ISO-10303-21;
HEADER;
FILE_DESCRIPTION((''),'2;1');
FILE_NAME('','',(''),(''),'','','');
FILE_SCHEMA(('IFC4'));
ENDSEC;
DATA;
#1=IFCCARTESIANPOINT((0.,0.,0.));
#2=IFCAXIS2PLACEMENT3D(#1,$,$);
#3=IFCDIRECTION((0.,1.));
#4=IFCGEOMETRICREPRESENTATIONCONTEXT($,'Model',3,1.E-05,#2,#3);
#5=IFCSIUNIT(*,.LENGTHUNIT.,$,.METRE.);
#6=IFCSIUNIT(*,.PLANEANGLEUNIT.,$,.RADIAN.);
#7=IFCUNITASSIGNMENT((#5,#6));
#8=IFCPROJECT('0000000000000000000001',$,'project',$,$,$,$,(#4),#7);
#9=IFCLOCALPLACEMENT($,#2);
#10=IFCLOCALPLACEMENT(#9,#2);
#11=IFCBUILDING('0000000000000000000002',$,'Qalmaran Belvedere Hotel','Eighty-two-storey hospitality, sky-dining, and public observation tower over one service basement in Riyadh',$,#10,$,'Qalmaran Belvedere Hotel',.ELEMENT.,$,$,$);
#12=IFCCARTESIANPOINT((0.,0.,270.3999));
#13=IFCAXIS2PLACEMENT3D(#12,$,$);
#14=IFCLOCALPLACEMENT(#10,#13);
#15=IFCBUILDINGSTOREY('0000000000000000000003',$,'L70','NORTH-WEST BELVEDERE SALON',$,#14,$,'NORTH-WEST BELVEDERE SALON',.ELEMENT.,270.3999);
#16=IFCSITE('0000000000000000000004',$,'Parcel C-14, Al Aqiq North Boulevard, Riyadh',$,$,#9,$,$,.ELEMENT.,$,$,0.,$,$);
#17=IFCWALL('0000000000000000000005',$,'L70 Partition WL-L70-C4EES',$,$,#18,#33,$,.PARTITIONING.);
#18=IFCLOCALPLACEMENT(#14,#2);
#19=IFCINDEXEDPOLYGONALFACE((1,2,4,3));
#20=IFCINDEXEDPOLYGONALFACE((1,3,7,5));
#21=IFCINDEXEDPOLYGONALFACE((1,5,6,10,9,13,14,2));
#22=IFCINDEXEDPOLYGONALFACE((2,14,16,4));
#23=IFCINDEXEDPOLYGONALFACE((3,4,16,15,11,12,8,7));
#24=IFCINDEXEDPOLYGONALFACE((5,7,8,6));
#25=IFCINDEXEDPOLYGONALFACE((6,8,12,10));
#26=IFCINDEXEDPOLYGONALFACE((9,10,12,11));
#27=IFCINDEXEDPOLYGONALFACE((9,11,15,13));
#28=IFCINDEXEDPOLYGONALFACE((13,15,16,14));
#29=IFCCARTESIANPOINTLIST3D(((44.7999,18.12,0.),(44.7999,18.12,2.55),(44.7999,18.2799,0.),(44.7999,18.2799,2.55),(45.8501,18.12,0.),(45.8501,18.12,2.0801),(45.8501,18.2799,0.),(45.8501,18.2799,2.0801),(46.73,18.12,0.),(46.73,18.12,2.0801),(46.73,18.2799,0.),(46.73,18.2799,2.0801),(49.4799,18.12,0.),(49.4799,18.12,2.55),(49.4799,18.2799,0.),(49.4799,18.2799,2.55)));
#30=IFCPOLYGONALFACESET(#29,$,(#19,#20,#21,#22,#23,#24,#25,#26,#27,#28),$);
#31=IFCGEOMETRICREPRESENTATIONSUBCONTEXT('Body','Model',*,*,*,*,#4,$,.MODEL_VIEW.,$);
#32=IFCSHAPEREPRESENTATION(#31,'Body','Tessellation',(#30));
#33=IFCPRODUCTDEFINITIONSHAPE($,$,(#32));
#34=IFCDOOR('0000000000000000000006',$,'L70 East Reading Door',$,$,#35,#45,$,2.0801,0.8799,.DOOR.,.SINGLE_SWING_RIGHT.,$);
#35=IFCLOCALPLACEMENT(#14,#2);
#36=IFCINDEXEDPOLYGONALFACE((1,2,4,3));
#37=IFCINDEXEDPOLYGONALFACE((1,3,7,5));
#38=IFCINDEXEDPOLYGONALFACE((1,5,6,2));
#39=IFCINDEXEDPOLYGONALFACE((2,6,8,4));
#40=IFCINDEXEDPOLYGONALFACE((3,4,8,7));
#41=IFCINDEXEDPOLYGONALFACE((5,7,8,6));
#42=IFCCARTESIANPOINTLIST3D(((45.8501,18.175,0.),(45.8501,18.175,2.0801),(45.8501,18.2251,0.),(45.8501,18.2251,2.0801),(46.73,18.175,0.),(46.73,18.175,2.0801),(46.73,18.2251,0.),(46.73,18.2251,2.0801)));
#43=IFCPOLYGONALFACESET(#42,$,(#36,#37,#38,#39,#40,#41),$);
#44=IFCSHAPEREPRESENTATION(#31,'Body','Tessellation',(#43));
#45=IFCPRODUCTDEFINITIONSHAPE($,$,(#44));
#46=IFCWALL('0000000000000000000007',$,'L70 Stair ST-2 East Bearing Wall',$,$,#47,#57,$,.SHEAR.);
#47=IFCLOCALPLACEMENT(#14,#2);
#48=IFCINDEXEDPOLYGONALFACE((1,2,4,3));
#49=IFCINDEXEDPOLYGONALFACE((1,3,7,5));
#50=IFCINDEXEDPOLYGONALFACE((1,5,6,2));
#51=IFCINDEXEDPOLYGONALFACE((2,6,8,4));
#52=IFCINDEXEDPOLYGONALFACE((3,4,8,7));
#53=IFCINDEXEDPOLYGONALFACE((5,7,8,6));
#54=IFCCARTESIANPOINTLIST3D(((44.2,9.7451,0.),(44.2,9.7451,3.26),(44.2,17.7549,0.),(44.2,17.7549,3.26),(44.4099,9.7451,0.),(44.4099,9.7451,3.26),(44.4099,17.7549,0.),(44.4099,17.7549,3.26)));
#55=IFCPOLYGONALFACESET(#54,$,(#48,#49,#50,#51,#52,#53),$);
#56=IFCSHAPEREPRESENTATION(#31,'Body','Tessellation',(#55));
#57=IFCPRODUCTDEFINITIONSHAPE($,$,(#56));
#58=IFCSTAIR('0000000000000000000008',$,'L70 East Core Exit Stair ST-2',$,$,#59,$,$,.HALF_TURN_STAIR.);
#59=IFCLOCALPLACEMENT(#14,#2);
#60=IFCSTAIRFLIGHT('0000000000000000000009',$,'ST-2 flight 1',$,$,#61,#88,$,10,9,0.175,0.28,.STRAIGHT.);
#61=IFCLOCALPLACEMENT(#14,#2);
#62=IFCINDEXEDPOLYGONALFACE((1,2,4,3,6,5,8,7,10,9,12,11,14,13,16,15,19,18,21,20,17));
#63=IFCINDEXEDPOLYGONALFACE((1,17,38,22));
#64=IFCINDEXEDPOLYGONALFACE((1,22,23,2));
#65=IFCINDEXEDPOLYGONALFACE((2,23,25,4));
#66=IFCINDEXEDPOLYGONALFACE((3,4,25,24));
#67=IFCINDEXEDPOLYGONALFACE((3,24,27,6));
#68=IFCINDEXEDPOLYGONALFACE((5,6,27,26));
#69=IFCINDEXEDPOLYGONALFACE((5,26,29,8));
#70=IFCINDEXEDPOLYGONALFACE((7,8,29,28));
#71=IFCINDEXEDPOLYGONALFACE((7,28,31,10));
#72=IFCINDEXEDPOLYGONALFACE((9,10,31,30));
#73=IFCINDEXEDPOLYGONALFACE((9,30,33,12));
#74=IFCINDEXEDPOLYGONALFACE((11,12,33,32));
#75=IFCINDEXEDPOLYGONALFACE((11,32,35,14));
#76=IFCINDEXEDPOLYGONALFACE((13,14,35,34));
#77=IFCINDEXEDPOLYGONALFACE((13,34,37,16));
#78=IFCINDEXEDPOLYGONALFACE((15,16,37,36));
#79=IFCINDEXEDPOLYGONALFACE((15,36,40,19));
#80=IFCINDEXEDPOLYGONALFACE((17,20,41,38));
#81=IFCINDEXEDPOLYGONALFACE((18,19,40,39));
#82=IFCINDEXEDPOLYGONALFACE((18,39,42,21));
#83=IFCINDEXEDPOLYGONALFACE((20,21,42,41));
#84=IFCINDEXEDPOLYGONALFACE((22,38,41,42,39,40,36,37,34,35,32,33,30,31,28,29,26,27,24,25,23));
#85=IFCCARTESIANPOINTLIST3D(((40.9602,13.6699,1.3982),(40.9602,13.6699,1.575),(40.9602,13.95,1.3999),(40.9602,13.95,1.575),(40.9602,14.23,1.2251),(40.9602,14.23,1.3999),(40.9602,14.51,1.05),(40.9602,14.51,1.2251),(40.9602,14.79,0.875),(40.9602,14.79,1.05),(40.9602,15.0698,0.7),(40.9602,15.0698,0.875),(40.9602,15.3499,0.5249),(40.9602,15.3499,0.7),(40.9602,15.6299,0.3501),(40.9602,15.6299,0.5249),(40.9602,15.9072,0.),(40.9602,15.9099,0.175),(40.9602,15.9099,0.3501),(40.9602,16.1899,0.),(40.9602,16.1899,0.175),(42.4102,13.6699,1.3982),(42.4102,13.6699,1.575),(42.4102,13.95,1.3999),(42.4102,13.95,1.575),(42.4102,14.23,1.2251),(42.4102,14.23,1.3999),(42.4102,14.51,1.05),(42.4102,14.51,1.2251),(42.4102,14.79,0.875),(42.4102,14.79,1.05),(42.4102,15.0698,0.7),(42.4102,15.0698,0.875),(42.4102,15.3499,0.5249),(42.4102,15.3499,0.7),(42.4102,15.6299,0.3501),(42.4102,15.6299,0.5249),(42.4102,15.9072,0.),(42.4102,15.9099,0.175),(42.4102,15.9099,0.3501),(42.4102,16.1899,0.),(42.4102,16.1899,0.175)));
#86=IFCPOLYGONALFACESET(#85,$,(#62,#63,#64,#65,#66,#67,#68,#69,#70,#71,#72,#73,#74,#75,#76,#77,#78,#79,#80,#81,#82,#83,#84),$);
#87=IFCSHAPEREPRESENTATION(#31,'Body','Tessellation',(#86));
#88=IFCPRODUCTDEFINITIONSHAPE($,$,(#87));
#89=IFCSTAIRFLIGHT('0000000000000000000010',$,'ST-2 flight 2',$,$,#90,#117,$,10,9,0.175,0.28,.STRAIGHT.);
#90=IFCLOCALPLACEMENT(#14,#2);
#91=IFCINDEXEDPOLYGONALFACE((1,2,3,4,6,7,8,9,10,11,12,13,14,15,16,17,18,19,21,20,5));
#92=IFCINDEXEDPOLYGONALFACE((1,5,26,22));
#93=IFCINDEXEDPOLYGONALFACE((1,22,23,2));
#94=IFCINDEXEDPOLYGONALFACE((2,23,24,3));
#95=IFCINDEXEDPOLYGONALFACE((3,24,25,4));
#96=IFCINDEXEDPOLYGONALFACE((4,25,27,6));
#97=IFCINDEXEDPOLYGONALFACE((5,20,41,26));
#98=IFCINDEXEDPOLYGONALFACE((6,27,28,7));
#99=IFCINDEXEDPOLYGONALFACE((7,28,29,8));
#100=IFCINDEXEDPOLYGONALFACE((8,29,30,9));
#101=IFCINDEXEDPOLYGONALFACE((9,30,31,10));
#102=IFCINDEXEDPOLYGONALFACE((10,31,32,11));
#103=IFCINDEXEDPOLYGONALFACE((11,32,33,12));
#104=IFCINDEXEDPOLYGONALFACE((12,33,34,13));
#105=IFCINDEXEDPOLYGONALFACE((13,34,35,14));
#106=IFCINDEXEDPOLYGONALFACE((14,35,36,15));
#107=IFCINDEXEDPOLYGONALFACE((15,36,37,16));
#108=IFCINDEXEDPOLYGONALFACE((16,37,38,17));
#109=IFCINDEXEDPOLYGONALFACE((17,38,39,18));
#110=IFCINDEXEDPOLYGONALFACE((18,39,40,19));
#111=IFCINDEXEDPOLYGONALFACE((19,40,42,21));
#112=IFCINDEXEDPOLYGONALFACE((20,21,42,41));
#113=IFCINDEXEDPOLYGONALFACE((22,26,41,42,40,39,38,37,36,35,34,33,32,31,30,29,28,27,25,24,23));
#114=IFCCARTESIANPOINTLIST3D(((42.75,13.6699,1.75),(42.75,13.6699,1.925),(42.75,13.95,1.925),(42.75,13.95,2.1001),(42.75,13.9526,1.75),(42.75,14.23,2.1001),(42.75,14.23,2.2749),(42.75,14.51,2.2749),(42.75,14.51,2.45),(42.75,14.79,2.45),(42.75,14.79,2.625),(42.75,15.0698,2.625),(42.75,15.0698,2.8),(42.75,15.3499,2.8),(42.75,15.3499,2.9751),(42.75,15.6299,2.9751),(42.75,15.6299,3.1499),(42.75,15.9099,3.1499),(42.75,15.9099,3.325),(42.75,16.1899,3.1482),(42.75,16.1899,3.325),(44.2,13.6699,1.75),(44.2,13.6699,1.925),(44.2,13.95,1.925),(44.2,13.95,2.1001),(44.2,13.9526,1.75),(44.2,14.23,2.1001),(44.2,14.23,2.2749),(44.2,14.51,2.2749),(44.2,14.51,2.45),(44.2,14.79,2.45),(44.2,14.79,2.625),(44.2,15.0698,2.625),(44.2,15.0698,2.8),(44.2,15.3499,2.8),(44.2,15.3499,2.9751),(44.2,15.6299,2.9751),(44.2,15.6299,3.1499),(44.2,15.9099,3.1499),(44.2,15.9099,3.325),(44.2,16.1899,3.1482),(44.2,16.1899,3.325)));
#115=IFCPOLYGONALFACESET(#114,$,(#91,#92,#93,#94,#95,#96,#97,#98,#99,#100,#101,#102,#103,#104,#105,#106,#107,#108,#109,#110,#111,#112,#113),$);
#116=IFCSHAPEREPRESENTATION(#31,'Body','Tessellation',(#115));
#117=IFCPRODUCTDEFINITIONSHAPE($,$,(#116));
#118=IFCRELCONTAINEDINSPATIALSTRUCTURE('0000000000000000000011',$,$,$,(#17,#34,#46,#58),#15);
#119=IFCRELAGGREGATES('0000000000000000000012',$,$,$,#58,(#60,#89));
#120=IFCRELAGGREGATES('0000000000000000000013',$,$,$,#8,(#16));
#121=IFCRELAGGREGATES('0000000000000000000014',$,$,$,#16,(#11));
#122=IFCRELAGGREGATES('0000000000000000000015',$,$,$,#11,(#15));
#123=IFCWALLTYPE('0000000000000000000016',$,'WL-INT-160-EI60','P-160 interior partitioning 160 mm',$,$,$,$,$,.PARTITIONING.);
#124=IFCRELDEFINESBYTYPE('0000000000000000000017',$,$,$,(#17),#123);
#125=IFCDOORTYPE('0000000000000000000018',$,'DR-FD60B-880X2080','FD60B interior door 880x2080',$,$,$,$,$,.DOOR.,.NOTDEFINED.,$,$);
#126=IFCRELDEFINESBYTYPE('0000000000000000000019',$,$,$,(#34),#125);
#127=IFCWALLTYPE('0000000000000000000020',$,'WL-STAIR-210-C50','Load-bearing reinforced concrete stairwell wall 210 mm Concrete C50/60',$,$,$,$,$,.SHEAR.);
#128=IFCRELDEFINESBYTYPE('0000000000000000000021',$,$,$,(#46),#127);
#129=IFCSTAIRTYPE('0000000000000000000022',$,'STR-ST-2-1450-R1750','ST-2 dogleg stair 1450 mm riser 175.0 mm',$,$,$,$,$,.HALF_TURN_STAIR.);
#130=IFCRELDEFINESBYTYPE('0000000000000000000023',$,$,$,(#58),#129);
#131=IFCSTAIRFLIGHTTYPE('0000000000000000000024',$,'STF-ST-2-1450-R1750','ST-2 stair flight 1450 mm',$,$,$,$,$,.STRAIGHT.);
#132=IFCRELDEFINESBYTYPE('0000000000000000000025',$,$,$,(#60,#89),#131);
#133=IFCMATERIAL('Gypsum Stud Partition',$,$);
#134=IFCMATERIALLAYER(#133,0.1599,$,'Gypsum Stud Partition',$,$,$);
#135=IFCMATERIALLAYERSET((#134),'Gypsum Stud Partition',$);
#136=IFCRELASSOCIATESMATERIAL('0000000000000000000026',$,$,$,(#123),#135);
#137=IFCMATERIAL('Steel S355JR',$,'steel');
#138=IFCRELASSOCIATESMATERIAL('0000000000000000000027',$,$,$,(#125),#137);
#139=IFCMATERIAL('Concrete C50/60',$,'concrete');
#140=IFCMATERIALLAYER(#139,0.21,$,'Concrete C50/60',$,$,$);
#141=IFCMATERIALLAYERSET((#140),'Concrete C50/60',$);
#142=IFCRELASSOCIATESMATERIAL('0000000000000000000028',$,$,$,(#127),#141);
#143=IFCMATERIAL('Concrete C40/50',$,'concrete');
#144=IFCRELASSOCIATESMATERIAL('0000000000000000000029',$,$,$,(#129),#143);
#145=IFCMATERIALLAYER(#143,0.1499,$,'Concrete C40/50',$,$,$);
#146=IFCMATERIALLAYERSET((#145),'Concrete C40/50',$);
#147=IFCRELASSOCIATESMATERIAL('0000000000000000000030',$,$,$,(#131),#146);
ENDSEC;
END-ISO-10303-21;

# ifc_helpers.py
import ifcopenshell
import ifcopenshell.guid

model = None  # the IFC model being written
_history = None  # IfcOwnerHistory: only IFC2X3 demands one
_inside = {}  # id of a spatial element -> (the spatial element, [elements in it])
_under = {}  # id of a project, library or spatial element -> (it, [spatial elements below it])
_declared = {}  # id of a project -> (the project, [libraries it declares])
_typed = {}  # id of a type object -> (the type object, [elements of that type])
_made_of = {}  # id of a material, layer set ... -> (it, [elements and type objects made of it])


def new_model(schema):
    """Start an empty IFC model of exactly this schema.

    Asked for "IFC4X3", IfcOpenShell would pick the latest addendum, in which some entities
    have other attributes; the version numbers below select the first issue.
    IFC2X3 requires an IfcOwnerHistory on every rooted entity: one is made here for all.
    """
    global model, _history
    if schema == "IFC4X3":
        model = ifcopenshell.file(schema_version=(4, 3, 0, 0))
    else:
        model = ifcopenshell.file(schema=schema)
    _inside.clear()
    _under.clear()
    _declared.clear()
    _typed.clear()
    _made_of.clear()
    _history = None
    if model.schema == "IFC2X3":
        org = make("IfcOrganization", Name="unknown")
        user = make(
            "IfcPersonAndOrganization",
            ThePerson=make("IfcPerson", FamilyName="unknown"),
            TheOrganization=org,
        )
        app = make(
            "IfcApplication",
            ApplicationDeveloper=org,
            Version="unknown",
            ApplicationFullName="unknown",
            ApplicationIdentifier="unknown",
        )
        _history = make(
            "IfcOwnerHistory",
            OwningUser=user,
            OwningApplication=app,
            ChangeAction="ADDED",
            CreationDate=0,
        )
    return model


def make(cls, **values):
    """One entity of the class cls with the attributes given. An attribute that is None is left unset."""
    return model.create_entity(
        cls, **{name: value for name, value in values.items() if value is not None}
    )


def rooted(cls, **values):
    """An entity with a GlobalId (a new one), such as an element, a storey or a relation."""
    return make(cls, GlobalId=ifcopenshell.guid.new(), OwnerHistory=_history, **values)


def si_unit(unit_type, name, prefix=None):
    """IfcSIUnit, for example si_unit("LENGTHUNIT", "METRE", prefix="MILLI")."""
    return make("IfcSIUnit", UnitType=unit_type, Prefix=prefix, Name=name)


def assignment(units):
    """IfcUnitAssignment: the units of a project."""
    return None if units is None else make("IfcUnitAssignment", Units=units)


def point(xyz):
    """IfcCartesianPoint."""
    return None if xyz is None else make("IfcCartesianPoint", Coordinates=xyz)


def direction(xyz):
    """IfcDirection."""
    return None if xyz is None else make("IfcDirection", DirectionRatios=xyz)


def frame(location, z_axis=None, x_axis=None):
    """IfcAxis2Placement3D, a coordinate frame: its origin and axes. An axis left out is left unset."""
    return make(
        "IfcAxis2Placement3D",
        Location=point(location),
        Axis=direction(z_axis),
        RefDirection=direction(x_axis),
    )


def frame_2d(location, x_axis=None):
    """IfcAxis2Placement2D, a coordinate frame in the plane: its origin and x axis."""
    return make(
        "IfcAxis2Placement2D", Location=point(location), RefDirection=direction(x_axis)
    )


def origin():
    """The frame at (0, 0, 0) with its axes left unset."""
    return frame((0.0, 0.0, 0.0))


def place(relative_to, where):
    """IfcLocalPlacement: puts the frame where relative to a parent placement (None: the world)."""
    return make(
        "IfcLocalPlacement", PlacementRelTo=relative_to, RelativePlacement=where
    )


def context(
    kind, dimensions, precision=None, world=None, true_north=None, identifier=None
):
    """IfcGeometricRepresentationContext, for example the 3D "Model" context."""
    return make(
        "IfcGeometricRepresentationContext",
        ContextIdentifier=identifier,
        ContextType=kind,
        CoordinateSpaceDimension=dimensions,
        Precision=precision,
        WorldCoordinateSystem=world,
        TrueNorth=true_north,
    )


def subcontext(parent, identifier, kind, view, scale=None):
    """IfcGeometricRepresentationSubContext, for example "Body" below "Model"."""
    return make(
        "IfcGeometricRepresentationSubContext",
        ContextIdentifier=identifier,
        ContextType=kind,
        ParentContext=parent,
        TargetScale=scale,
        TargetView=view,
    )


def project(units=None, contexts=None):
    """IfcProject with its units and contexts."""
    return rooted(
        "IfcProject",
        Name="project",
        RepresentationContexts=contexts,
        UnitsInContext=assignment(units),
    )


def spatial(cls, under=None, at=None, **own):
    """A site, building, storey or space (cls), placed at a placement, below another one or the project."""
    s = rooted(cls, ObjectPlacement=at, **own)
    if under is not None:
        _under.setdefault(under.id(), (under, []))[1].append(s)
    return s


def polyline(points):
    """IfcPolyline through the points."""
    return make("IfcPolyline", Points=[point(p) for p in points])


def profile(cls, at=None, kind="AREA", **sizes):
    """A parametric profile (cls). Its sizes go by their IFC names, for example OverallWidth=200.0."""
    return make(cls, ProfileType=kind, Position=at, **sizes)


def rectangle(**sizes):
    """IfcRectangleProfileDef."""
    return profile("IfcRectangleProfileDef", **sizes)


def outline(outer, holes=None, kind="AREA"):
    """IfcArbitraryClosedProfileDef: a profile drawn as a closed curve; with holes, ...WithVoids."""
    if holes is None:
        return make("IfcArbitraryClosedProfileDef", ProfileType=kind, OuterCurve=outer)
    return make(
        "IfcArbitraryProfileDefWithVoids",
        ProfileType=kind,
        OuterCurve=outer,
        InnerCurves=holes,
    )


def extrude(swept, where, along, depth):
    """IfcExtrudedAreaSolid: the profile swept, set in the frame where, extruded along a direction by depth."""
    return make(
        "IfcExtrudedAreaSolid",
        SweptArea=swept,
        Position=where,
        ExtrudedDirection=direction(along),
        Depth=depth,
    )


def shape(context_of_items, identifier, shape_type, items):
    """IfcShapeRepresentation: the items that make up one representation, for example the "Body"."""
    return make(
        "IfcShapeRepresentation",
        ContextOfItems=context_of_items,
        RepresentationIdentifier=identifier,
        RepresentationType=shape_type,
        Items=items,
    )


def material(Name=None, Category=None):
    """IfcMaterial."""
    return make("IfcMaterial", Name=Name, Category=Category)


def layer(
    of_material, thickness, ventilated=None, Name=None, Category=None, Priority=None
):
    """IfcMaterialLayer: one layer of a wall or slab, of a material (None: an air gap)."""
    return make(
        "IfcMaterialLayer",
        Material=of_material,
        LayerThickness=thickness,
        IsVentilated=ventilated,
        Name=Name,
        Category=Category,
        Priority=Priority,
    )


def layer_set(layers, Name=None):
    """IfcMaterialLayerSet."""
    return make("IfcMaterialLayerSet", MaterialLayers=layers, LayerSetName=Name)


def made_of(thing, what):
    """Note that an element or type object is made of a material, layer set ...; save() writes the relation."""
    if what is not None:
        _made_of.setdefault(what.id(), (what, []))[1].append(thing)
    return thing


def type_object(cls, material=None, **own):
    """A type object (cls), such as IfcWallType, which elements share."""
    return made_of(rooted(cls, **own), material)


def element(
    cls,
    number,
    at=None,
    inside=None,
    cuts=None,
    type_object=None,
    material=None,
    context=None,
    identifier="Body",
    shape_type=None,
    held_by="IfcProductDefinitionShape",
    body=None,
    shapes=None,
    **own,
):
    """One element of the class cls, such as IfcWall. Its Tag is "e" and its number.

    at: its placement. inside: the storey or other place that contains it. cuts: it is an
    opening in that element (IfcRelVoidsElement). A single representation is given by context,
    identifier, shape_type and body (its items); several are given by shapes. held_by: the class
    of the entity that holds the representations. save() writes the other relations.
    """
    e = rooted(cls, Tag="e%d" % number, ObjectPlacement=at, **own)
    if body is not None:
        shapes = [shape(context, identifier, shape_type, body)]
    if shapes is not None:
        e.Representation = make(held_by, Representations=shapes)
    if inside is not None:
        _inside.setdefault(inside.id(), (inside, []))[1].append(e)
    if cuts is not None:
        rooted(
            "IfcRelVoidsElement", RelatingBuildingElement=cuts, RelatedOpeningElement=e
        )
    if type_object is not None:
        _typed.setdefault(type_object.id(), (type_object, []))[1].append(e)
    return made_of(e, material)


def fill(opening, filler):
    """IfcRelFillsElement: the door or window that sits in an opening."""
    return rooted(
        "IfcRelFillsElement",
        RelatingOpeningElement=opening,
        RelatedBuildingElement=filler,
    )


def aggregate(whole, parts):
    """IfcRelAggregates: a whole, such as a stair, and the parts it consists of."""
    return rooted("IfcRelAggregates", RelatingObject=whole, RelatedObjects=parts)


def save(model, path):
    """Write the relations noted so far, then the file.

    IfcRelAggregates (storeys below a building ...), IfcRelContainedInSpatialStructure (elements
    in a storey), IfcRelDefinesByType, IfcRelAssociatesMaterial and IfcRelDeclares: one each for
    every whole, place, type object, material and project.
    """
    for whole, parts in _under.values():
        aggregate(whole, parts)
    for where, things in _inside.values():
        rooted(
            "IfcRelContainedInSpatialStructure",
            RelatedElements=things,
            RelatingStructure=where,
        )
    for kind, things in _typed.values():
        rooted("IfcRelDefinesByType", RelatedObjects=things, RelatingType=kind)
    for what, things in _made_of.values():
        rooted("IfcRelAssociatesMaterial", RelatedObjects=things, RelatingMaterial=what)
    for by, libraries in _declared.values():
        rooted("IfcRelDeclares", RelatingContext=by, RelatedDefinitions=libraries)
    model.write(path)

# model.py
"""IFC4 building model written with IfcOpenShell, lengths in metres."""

from ifc_helpers import new_model, si_unit, direction, frame, frame_2d, origin, place, context, subcontext, project, spatial, polyline, rectangle, outline, extrude, material, layer, layer_set, type_object, element, fill, aggregate, save


model = new_model("IFC4")

# Units and contexts
model_context = context("Model", 3, precision=1e-05, world=origin(), true_north=direction((0.0, 1.0)))
body_context = subcontext(model_context, "Body", "Model", "MODEL_VIEW")
ifc_project = project(units=[si_unit("LENGTHUNIT", "METRE"), si_unit("PLANEANGLEUNIT", "RADIAN")], contexts=[model_context])

# Site, building, storey
site_placement = place(None, origin())
site = spatial("IfcSite", under=ifc_project, at=site_placement, Name="Parcel C-14, Al Aqiq North Boulevard, Riyadh", CompositionType="ELEMENT", RefElevation=0.0)
building_placement = place(site_placement, origin())
building = spatial("IfcBuilding", under=site, at=building_placement, Name="Qalmaran Belvedere Hotel", Description="Eighty-two-storey hospitality, sky-dining, and public observation tower over one service basement in Riyadh", LongName="Qalmaran Belvedere Hotel", CompositionType="ELEMENT")
storey_placement = place(building_placement, frame((0.0, 0.0, 270.3999)))
storey = spatial("IfcBuildingStorey", under=building, at=storey_placement, Name="L70", Description="NORTH-WEST BELVEDERE SALON", LongName="NORTH-WEST BELVEDERE SALON", CompositionType="ELEMENT", Elevation=270.3999)

# Shared definitions
ifc_material_1 = material(Name="Concrete C50/60", Category="concrete")

# Shared definitions
ifc_material_2 = material(Name="Steel S355JR", Category="steel")

# Wall, opening, door
ifc_material_3 = material(Name="Gypsum Stud Partition")
ifc_layer_1 = layer(ifc_material_3, 0.1599, Name="Gypsum Stud Partition")
ifc_layer_set_1 = layer_set([ifc_layer_1], Name="Gypsum Stud Partition")
wall_type_1 = type_object("IfcWallType", Name="WL-INT-160-EI60", Description="P-160 interior partitioning 160 mm", PredefinedType="PARTITIONING", material=ifc_layer_set_1)
wall_1_placement = place(storey_placement, frame((44.8, 18.2, 0.0), z_axis=(0.0, 0.0, 1.0), x_axis=(1.0, 0.0, 0.0)))
wall_1 = element("IfcWall", 1, at=wall_1_placement, inside=storey, type_object=wall_type_1, Name="L70 Partition WL-L70-C4EES", PredefinedType="PARTITIONING", context=body_context, shape_type="SweptSolid", body=[
    extrude(rectangle(XDim=4.6799, YDim=0.1599, at=frame_2d((2.3398, 0.0))), origin(), (0.0, 0.0, 1.0), 2.55),
])
opening_1_placement = place(wall_1_placement, frame((1.9299, 0.0, 0.0), z_axis=(0.0, 0.0, 1.0), x_axis=(-1.0, 0.0, 0.0)))
opening_1 = element("IfcOpeningElement", 2, at=opening_1_placement, cuts=wall_1, PredefinedType="OPENING", context=body_context, shape_type="SweptSolid", body=[
    extrude(rectangle(XDim=0.8799, YDim=2.0801, at=frame_2d((0.4399, 1.04))), frame((0.0, 0.0898, 0.0), z_axis=(0.0, -1.0, 0.0), x_axis=(1.0, 0.0, 0.0)), (0.0, 0.0, 1.0), 0.1799),
])
door_type = type_object("IfcDoorType", Name="DR-FD60B-880X2080", Description="FD60B interior door 880x2080", OperationType="NOTDEFINED", PredefinedType="DOOR", material=ifc_material_2)
door_placement = place(opening_1_placement, origin())
door = element("IfcDoor", 3, at=door_placement, inside=storey, type_object=door_type, Name="L70 East Reading Door", OperationType="SINGLE_SWING_RIGHT", OverallHeight=2.0801, OverallWidth=0.8799, PredefinedType="DOOR", context=body_context, shape_type="SweptSolid", body=[
    extrude(rectangle(XDim=0.8799, YDim=2.0801, at=frame_2d((0.4399, 1.04))), frame((0.0, 0.0249, 0.0), z_axis=(0.0, -1.0, 0.0), x_axis=(1.0, 0.0, 0.0)), (0.0, 0.0, 1.0), 0.05),
])
fill(opening_1, door)

# Wall
ifc_layer_2 = layer(ifc_material_1, 0.21, Name="Concrete C50/60")
ifc_layer_set_2 = layer_set([ifc_layer_2], Name="Concrete C50/60")
wall_type_2 = type_object("IfcWallType", Name="WL-STAIR-210-C50", Description="Load-bearing reinforced concrete stairwell wall 210 mm Concrete C50/60", PredefinedType="SHEAR", material=ifc_layer_set_2)
wall_2_placement = place(storey_placement, frame((44.3049, 9.7451, 0.0), z_axis=(0.0, 0.0, 1.0), x_axis=(0.0, 1.0, 0.0)))
element("IfcWall", 4, at=wall_2_placement, inside=storey, type_object=wall_type_2, Name="L70 Stair ST-2 East Bearing Wall", PredefinedType="SHEAR", context=body_context, shape_type="SweptSolid", body=[
    extrude(rectangle(XDim=8.0098, YDim=0.21, at=frame_2d((4.0049, 0.0))), origin(), (0.0, 0.0, 1.0), 3.26),
])

# Stair, stair flights
ifc_material_4 = material(Name="Concrete C40/50", Category="concrete")
stair_type = type_object("IfcStairType", Name="STR-ST-2-1450-R1750", Description="ST-2 dogleg stair 1450 mm riser 175.0 mm", PredefinedType="HALF_TURN_STAIR", material=ifc_material_4)
stair_placement = place(storey_placement, origin())
stair = element("IfcStair", 5, at=stair_placement, inside=storey, type_object=stair_type, Name="L70 East Core Exit Stair ST-2", PredefinedType="HALF_TURN_STAIR")
ifc_layer_3 = layer(ifc_material_4, 0.1499, Name="Concrete C40/50")
ifc_layer_set_3 = layer_set([ifc_layer_3], Name="Concrete C40/50")
stair_flight_type = type_object("IfcStairFlightType", Name="STF-ST-2-1450-R1750", Description="ST-2 stair flight 1450 mm", PredefinedType="STRAIGHT", material=ifc_layer_set_3)
stair_flight_1_placement = place(storey_placement, frame((41.6851, 16.1899, 0.0), z_axis=(0.0, 0.0, 1.0), x_axis=(0.0, -1.0, 0.0)))
stair_flight_1 = element("IfcStairFlight", 6, at=stair_flight_1_placement, type_object=stair_flight_type, Name="ST-2 flight 1", NumberOfRisers=10, NumberOfTreads=9, PredefinedType="STRAIGHT", RiserHeight=0.175, TreadLength=0.28, context=body_context, shape_type="SweptSolid", body=[
    extrude(outline(polyline([(0.0, 0.0), (0.0, 0.175), (0.28, 0.175), (0.28, 0.3501), (0.5601, 0.3501), (0.5601, 0.5249), (0.8401, 0.5249), (0.8401, 0.7), (1.1201, 0.7), (1.1201, 0.875), (1.3999, 0.875), (1.3999, 1.05), (1.6799, 1.05), (1.6799, 1.2251), (1.96, 1.2251), (1.96, 1.3999), (2.24, 1.3999), (2.24, 1.575), (2.52, 1.575), (2.52, 1.75), (2.52, 1.3982), (0.2827, 0.0), (0.0, 0.0)])), frame((0.0, 0.7251, 0.0), z_axis=(0.0, -1.0, 0.0), x_axis=(1.0, 0.0, 0.0)), (0.0, 0.0, 1.0), 1.45),
])
stair_flight_2_placement = place(storey_placement, frame((43.4751, 13.6699, 1.75), z_axis=(0.0, 0.0, 1.0), x_axis=(0.0, 1.0, 0.0)))
stair_flight_2 = element("IfcStairFlight", 7, at=stair_flight_2_placement, type_object=stair_flight_type, Name="ST-2 flight 2", NumberOfRisers=10, NumberOfTreads=9, PredefinedType="STRAIGHT", RiserHeight=0.175, TreadLength=0.28, context=body_context, shape_type="SweptSolid", body=[
    extrude(outline(polyline([(0.0, 0.0), (0.0, 0.175), (0.28, 0.175), (0.28, 0.3501), (0.5601, 0.3501), (0.5601, 0.5249), (0.8401, 0.5249), (0.8401, 0.7), (1.1201, 0.7), (1.1201, 0.875), (1.3999, 0.875), (1.3999, 1.05), (1.6799, 1.05), (1.6799, 1.2251), (1.96, 1.2251), (1.96, 1.3999), (2.24, 1.3999), (2.24, 1.575), (2.52, 1.575), (2.52, 1.75), (2.52, 1.3982), (0.2827, 0.0), (0.0, 0.0)])), frame((0.0, 0.7251, 0.0), z_axis=(0.0, -1.0, 0.0), x_axis=(1.0, 0.0, 0.0)), (0.0, 0.0, 1.0), 1.45),
])
aggregate(stair, [stair_flight_1, stair_flight_2])

save(model, "model.ifc")
